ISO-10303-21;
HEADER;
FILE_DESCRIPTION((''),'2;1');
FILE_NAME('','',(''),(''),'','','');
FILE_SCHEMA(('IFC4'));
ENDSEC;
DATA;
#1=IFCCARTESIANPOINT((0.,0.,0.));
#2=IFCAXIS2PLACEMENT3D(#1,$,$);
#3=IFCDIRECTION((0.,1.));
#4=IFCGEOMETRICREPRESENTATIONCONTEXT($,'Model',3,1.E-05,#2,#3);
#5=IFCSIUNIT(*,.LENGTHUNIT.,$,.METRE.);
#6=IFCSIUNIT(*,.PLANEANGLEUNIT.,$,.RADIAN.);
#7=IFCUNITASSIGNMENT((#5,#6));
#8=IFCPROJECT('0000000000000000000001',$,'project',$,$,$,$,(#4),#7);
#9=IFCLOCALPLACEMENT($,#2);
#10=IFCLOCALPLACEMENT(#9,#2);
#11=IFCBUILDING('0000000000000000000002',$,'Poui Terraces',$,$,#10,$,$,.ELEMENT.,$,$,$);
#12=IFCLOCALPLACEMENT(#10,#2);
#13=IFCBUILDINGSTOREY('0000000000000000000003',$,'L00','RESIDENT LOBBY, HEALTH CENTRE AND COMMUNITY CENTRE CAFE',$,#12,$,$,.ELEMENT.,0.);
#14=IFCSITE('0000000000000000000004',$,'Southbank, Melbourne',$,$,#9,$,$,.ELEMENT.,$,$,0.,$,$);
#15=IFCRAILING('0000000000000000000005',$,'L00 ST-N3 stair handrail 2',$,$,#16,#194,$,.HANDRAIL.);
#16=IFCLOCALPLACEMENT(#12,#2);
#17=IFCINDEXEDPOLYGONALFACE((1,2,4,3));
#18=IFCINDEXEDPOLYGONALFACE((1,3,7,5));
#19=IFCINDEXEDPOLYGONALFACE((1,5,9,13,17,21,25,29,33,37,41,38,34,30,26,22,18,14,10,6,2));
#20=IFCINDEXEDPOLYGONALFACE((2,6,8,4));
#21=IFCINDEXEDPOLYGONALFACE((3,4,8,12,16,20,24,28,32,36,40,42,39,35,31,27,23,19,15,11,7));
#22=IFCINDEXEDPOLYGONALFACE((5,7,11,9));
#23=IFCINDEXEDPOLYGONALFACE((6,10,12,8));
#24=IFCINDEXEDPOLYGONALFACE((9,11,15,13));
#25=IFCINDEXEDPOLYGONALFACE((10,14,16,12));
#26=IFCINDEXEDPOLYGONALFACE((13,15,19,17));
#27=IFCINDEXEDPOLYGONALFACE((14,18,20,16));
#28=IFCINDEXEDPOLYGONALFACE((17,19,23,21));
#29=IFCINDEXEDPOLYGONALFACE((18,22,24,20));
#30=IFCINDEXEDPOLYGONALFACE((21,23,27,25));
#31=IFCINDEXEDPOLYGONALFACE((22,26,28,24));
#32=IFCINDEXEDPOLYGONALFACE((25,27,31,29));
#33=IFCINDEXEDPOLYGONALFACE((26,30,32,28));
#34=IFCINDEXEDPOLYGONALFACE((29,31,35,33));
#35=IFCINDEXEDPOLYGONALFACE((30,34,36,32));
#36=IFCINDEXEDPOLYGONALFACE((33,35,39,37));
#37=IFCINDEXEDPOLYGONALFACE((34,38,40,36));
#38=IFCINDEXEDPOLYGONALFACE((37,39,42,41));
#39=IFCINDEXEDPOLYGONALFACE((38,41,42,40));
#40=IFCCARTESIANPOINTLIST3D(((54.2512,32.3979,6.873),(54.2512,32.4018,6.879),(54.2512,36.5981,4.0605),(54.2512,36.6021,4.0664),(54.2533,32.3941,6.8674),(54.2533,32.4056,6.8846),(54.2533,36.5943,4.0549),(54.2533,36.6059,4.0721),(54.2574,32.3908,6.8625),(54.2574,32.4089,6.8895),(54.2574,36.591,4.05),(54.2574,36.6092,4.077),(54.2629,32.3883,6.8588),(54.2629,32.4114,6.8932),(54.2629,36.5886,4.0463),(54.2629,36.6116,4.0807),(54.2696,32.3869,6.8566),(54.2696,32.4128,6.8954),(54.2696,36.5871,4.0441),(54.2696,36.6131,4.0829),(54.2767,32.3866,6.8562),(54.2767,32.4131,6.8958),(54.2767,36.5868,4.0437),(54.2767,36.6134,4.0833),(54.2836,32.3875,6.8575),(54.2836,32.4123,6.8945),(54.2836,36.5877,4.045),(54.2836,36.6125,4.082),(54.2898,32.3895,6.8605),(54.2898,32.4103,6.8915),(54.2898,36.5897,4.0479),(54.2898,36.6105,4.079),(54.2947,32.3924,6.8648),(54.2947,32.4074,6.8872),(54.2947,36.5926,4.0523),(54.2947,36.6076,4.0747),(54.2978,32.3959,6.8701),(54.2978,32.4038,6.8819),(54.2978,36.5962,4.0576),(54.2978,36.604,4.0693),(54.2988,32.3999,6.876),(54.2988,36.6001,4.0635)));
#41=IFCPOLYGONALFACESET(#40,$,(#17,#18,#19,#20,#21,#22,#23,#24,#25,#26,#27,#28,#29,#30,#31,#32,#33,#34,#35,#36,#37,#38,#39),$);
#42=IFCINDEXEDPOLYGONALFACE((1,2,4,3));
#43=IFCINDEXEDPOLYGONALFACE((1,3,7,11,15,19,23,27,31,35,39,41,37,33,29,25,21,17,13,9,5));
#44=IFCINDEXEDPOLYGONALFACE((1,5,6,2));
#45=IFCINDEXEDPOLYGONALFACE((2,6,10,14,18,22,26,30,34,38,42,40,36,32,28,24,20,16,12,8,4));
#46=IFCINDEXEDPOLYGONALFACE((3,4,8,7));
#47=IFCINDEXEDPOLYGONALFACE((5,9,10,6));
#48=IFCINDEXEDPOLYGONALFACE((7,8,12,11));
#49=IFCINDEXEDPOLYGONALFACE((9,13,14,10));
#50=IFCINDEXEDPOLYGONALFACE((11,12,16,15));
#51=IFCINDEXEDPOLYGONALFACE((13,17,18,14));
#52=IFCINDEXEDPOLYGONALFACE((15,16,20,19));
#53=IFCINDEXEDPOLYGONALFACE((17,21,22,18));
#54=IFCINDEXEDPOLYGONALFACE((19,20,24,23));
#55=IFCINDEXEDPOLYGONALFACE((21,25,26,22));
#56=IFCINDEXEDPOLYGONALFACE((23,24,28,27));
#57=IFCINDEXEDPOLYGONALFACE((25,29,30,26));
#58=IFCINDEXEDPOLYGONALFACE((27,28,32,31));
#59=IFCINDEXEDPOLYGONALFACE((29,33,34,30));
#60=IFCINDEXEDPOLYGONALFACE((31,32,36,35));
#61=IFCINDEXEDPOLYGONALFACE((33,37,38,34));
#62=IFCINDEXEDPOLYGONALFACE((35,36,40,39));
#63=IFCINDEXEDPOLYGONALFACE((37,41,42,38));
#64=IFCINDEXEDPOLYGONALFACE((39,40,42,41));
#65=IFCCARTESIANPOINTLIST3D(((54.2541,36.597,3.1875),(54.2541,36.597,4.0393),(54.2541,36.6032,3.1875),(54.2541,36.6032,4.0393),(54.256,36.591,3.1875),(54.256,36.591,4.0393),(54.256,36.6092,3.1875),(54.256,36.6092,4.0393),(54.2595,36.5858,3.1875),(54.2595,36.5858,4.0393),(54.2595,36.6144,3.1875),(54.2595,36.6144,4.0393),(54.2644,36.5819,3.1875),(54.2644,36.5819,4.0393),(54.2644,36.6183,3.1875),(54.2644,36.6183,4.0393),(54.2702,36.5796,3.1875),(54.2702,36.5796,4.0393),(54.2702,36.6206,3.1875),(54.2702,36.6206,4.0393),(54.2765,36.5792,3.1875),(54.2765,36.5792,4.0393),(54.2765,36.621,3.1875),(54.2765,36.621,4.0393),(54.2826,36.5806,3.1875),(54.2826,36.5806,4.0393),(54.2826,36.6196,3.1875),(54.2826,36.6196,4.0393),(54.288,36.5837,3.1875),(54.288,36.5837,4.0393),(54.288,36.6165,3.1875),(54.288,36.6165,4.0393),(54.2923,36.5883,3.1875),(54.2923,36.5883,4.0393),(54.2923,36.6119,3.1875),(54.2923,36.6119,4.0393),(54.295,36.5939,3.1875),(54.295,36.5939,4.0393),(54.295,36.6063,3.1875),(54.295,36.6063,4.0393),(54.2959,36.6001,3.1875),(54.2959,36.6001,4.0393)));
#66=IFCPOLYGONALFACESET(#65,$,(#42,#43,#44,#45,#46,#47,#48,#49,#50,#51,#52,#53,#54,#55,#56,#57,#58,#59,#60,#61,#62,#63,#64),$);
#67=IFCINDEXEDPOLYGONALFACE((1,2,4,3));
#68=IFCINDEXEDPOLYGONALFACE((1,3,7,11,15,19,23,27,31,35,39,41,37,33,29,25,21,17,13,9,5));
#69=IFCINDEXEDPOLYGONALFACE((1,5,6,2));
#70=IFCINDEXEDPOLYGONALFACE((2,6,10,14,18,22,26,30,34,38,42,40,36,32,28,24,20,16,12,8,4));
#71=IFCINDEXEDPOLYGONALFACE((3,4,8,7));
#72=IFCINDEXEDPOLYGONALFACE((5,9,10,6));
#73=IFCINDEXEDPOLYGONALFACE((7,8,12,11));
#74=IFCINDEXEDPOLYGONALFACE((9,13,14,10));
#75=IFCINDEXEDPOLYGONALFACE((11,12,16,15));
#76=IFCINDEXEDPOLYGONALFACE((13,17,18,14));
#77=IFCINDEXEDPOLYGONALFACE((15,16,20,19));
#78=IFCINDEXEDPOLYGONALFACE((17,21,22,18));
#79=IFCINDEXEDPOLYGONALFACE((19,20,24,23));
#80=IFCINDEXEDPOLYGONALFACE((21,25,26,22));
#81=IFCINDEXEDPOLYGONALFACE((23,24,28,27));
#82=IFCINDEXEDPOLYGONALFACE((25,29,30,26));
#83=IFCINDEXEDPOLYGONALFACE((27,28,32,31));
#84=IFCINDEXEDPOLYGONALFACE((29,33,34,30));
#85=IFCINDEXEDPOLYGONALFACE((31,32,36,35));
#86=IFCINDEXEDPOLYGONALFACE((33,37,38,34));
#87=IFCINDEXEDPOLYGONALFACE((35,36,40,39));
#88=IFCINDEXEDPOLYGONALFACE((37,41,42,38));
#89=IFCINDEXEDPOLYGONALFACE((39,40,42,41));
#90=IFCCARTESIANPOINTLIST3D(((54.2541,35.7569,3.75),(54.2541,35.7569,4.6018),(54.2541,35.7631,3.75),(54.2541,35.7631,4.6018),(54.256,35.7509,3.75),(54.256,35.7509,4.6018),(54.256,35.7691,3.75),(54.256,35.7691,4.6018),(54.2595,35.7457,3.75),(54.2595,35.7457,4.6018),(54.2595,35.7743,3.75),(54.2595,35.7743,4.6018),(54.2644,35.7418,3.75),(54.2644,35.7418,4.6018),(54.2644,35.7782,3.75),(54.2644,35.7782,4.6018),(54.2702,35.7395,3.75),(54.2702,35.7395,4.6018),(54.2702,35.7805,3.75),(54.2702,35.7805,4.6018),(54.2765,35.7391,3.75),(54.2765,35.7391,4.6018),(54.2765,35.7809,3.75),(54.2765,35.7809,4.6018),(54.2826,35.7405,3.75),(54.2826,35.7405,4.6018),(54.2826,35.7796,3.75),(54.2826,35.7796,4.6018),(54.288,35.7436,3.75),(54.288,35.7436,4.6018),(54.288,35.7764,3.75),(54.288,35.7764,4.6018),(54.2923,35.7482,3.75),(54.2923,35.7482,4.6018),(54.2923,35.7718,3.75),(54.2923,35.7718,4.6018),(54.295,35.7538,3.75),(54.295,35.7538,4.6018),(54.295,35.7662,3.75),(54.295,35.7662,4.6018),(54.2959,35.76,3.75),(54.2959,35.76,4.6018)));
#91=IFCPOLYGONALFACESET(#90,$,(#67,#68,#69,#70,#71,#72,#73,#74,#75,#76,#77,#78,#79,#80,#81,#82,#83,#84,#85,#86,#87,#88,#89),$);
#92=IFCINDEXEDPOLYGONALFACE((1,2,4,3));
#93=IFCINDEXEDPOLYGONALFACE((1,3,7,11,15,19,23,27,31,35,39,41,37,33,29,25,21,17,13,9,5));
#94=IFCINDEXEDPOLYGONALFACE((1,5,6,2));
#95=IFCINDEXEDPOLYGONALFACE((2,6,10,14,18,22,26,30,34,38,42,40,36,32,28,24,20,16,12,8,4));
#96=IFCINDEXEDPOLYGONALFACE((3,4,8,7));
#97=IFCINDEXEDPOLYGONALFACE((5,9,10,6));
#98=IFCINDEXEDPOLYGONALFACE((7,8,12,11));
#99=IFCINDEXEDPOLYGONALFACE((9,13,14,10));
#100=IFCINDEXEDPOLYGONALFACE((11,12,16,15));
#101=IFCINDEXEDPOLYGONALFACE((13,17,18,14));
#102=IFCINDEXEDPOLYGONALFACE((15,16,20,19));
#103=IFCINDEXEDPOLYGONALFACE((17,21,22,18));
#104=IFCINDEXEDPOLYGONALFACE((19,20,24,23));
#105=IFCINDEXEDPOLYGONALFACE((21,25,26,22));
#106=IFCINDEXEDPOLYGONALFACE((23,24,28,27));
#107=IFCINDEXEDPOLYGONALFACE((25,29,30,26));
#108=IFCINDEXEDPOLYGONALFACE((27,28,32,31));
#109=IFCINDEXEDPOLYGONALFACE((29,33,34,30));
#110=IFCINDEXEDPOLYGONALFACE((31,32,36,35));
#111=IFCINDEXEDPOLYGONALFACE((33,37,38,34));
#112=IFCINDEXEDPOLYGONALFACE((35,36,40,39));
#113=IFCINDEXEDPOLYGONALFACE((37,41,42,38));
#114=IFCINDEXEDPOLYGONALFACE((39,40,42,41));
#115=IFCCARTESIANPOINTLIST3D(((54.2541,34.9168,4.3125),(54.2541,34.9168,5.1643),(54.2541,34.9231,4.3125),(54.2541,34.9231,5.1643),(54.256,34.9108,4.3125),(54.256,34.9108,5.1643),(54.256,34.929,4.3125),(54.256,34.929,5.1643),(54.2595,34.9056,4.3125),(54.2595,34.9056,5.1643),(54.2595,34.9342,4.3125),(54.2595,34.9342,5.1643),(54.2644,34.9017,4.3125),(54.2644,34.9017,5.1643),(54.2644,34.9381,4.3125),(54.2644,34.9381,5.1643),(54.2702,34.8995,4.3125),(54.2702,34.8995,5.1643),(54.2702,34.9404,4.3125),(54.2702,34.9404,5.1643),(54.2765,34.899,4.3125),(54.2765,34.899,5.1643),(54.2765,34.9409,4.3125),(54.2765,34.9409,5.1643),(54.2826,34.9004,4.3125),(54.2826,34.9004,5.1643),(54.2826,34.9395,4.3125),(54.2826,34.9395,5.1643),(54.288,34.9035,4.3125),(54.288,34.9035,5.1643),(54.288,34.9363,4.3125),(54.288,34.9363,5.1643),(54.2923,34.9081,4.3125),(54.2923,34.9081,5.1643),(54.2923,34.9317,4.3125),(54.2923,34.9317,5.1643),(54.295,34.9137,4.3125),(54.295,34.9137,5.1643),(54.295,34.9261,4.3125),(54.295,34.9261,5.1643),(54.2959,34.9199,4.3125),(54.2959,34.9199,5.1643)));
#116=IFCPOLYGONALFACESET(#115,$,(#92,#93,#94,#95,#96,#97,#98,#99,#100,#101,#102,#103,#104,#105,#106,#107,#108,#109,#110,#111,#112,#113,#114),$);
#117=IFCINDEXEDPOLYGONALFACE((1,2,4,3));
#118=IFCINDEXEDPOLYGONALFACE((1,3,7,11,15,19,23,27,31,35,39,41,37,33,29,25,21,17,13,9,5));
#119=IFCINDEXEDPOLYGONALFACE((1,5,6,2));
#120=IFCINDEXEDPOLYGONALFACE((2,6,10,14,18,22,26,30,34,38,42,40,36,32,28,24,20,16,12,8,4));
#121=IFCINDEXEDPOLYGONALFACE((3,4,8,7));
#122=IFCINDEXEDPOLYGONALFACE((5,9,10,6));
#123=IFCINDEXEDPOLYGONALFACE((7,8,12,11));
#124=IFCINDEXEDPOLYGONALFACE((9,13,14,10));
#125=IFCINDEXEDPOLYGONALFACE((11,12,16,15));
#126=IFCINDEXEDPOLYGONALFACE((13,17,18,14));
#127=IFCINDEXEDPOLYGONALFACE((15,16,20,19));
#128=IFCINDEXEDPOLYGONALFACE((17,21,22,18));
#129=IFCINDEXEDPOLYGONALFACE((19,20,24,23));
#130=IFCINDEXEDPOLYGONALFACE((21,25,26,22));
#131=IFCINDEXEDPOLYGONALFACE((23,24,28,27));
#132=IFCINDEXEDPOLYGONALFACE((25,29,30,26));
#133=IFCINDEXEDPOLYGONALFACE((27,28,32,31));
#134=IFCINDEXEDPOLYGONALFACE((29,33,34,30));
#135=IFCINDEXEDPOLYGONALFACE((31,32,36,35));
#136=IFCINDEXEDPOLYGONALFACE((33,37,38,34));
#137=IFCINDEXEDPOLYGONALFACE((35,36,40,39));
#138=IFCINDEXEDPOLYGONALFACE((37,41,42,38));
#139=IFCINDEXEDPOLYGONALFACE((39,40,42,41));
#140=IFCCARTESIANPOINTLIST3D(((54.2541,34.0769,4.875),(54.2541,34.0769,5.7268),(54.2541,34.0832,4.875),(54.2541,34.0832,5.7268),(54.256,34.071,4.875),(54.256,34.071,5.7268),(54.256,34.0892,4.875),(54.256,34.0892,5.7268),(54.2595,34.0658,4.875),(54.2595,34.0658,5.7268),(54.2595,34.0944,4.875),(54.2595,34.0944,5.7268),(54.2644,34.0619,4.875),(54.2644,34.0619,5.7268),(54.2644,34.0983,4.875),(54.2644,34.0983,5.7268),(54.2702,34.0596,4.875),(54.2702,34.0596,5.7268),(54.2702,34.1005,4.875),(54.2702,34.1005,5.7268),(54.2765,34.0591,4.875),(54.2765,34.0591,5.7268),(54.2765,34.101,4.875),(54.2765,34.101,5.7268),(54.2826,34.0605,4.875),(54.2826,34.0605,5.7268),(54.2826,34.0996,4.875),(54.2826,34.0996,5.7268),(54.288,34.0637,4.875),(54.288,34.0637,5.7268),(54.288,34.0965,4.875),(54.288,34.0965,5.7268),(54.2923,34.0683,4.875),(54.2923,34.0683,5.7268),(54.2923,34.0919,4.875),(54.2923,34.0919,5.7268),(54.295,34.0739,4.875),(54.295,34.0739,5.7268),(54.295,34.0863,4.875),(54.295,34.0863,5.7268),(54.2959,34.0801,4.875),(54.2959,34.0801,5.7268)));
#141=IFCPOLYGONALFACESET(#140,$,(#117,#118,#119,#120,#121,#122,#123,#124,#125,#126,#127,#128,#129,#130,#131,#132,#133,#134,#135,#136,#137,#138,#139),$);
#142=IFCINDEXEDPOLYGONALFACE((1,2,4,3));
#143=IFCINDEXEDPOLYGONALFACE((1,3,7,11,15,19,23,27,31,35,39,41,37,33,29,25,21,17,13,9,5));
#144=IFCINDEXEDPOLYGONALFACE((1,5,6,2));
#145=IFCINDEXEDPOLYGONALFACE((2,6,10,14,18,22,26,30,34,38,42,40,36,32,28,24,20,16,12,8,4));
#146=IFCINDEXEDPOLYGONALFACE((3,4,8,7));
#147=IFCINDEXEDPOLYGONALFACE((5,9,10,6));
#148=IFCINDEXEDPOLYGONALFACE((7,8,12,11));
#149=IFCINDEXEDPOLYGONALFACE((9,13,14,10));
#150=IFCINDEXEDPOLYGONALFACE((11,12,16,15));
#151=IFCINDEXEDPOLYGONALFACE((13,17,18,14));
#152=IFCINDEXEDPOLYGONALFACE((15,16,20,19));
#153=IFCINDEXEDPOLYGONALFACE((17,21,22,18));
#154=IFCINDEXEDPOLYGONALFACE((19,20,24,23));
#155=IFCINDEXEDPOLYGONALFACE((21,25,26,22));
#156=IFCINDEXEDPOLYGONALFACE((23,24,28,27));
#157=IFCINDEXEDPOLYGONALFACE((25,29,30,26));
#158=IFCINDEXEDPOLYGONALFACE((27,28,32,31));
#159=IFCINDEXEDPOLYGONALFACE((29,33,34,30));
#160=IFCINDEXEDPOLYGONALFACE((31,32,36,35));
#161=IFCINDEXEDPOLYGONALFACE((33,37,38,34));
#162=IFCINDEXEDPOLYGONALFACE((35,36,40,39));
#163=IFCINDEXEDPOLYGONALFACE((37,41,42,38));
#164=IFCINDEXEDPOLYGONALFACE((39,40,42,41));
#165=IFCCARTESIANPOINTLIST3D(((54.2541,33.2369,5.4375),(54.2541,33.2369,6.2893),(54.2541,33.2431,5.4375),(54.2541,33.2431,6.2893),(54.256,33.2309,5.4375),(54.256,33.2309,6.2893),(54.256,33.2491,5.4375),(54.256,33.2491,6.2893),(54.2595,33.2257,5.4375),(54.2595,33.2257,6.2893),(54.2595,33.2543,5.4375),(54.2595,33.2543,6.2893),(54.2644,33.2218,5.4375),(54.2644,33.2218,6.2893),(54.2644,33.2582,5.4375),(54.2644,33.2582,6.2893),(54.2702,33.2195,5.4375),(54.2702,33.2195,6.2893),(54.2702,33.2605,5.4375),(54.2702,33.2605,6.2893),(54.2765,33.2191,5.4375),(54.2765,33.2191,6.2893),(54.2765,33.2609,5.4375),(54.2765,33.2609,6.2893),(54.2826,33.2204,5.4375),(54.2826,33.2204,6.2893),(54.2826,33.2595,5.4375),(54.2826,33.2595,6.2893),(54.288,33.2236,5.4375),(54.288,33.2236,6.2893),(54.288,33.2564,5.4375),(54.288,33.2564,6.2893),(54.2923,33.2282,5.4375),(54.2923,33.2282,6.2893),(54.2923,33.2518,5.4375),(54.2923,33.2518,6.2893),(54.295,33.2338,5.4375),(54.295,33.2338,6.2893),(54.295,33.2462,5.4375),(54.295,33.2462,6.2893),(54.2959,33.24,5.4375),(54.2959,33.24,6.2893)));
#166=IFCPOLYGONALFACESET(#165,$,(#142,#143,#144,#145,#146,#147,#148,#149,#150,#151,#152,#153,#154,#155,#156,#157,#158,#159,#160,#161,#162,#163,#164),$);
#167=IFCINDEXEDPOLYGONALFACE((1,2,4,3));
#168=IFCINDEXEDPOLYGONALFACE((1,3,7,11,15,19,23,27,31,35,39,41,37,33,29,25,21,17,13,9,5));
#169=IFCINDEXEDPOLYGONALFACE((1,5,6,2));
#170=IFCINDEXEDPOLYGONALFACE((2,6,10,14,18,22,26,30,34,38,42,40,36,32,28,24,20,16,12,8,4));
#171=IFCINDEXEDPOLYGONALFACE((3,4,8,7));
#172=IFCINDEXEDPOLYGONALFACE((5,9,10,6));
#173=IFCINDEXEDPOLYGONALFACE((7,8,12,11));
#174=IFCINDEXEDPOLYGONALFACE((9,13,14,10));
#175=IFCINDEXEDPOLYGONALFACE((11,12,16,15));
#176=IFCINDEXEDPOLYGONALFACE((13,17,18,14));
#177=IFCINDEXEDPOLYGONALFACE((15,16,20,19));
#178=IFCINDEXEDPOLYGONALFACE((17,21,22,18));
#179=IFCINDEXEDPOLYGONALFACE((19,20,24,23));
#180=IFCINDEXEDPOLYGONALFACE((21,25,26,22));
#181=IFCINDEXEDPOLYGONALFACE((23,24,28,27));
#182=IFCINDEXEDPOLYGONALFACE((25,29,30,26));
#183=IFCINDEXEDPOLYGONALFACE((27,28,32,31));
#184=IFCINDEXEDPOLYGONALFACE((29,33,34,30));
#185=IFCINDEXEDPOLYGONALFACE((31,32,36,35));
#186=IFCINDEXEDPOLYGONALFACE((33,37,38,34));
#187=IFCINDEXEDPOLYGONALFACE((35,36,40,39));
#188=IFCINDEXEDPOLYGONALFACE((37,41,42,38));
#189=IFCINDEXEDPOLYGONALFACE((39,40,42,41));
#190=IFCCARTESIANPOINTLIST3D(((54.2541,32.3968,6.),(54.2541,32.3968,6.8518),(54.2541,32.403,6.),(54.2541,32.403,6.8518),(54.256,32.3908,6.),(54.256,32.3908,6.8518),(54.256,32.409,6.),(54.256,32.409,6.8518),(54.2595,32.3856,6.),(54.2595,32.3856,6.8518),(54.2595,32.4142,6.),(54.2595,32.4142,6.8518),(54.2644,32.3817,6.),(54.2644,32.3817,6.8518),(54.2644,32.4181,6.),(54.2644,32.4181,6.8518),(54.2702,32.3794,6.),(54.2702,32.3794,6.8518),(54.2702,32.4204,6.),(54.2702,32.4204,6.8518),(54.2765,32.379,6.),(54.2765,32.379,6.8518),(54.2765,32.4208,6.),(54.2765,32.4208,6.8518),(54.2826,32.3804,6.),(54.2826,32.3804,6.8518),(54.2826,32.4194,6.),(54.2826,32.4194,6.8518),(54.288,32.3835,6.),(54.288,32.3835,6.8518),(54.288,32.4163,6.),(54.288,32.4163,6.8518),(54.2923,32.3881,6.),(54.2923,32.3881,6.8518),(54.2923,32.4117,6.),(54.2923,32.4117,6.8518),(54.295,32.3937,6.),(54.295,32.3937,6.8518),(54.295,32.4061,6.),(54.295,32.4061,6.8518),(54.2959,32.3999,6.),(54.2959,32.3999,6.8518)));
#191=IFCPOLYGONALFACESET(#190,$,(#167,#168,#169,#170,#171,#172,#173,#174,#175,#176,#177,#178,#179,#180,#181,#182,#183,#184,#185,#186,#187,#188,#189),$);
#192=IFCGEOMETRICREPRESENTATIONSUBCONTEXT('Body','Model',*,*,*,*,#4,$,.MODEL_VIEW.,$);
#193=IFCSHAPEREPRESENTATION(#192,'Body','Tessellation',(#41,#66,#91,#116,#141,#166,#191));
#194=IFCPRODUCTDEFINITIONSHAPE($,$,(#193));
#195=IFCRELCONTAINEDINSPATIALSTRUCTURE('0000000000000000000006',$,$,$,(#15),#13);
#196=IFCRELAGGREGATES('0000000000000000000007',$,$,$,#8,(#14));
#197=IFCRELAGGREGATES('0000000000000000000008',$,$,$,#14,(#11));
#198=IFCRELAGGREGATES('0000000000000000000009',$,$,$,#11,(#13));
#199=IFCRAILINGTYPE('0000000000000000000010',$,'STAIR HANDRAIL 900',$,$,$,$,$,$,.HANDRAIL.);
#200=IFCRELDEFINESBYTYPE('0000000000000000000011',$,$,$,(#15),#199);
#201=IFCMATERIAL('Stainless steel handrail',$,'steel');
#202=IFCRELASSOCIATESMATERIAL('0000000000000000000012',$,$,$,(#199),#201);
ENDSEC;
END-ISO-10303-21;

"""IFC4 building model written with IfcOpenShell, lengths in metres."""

from ifc_helpers import new_model, si_unit, direction, frame, origin, origin_2d, place, context, subcontext, project, spatial, circle, extrude, material, type_object, element, save


model = new_model("IFC4")

# Units and contexts
model_context = context("Model", 3, precision=1e-05, world=origin(), true_north=direction((0.0, 1.0)))
body_context = subcontext(model_context, "Body", "Model", "MODEL_VIEW")
ifc_project = project(units=[si_unit("LENGTHUNIT", "METRE"), si_unit("PLANEANGLEUNIT", "RADIAN")], contexts=[model_context])

# Site, building, storey
site_placement = place(None, origin())
site = spatial("IfcSite", under=ifc_project, at=site_placement, Name="Southbank, Melbourne", CompositionType="ELEMENT", RefElevation=0.0)
building_placement = place(site_placement, origin())
building = spatial("IfcBuilding", under=site, at=building_placement, Name="Poui Terraces", CompositionType="ELEMENT")
storey_placement = place(building_placement, origin())
storey = spatial("IfcBuildingStorey", under=building, at=storey_placement, Name="L00", Description="RESIDENT LOBBY, HEALTH CENTRE AND COMMUNITY CENTRE CAFE", CompositionType="ELEMENT", Elevation=0.0)

# Railing
ifc_material_1 = material(Name="Stainless steel handrail", Category="steel")
railing_type_1 = type_object("IfcRailingType", Name="STAIR HANDRAIL 900", PredefinedType="HANDRAIL", material=ifc_material_1)
railing_1_placement = place(storey_placement, frame((54.2749, 36.6001, 3.1875)))
element("IfcRailing", 1, at=railing_1_placement, inside=storey, type_object=railing_type_1, Name="L00 ST-N3 stair handrail 2", PredefinedType="HANDRAIL", context=body_context, shape_type="SweptSolid", body=[
    extrude(circle(Radius=0.0239, at=origin_2d()), frame((0.0, 0.0, 0.876), z_axis=(0.0, -0.830919, 0.556393), x_axis=(1.0, 0.0, 0.0)), (0.0, 0.0, 1.0), 5.0549),
    extrude(circle(Radius=0.021, at=origin_2d()), origin(), (0.0, 0.0, 1.0), 0.8518),
    extrude(circle(Radius=0.021, at=origin_2d()), frame((0.0, -0.8401, 0.5625)), (0.0, 0.0, 1.0), 0.8518),
    extrude(circle(Radius=0.021, at=origin_2d()), frame((0.0, -1.6802, 1.125)), (0.0, 0.0, 1.0), 0.8518),
    extrude(circle(Radius=0.021, at=origin_2d()), frame((0.0, -2.52, 1.6875)), (0.0, 0.0, 1.0), 0.8518),
    extrude(circle(Radius=0.021, at=origin_2d()), frame((0.0, -3.3601, 2.25)), (0.0, 0.0, 1.0), 0.8518),
    extrude(circle(Radius=0.021, at=origin_2d()), frame((0.0, -4.2002, 2.8125)), (0.0, 0.0, 1.0), 0.8518),
])

save(model, "model.ifc")
